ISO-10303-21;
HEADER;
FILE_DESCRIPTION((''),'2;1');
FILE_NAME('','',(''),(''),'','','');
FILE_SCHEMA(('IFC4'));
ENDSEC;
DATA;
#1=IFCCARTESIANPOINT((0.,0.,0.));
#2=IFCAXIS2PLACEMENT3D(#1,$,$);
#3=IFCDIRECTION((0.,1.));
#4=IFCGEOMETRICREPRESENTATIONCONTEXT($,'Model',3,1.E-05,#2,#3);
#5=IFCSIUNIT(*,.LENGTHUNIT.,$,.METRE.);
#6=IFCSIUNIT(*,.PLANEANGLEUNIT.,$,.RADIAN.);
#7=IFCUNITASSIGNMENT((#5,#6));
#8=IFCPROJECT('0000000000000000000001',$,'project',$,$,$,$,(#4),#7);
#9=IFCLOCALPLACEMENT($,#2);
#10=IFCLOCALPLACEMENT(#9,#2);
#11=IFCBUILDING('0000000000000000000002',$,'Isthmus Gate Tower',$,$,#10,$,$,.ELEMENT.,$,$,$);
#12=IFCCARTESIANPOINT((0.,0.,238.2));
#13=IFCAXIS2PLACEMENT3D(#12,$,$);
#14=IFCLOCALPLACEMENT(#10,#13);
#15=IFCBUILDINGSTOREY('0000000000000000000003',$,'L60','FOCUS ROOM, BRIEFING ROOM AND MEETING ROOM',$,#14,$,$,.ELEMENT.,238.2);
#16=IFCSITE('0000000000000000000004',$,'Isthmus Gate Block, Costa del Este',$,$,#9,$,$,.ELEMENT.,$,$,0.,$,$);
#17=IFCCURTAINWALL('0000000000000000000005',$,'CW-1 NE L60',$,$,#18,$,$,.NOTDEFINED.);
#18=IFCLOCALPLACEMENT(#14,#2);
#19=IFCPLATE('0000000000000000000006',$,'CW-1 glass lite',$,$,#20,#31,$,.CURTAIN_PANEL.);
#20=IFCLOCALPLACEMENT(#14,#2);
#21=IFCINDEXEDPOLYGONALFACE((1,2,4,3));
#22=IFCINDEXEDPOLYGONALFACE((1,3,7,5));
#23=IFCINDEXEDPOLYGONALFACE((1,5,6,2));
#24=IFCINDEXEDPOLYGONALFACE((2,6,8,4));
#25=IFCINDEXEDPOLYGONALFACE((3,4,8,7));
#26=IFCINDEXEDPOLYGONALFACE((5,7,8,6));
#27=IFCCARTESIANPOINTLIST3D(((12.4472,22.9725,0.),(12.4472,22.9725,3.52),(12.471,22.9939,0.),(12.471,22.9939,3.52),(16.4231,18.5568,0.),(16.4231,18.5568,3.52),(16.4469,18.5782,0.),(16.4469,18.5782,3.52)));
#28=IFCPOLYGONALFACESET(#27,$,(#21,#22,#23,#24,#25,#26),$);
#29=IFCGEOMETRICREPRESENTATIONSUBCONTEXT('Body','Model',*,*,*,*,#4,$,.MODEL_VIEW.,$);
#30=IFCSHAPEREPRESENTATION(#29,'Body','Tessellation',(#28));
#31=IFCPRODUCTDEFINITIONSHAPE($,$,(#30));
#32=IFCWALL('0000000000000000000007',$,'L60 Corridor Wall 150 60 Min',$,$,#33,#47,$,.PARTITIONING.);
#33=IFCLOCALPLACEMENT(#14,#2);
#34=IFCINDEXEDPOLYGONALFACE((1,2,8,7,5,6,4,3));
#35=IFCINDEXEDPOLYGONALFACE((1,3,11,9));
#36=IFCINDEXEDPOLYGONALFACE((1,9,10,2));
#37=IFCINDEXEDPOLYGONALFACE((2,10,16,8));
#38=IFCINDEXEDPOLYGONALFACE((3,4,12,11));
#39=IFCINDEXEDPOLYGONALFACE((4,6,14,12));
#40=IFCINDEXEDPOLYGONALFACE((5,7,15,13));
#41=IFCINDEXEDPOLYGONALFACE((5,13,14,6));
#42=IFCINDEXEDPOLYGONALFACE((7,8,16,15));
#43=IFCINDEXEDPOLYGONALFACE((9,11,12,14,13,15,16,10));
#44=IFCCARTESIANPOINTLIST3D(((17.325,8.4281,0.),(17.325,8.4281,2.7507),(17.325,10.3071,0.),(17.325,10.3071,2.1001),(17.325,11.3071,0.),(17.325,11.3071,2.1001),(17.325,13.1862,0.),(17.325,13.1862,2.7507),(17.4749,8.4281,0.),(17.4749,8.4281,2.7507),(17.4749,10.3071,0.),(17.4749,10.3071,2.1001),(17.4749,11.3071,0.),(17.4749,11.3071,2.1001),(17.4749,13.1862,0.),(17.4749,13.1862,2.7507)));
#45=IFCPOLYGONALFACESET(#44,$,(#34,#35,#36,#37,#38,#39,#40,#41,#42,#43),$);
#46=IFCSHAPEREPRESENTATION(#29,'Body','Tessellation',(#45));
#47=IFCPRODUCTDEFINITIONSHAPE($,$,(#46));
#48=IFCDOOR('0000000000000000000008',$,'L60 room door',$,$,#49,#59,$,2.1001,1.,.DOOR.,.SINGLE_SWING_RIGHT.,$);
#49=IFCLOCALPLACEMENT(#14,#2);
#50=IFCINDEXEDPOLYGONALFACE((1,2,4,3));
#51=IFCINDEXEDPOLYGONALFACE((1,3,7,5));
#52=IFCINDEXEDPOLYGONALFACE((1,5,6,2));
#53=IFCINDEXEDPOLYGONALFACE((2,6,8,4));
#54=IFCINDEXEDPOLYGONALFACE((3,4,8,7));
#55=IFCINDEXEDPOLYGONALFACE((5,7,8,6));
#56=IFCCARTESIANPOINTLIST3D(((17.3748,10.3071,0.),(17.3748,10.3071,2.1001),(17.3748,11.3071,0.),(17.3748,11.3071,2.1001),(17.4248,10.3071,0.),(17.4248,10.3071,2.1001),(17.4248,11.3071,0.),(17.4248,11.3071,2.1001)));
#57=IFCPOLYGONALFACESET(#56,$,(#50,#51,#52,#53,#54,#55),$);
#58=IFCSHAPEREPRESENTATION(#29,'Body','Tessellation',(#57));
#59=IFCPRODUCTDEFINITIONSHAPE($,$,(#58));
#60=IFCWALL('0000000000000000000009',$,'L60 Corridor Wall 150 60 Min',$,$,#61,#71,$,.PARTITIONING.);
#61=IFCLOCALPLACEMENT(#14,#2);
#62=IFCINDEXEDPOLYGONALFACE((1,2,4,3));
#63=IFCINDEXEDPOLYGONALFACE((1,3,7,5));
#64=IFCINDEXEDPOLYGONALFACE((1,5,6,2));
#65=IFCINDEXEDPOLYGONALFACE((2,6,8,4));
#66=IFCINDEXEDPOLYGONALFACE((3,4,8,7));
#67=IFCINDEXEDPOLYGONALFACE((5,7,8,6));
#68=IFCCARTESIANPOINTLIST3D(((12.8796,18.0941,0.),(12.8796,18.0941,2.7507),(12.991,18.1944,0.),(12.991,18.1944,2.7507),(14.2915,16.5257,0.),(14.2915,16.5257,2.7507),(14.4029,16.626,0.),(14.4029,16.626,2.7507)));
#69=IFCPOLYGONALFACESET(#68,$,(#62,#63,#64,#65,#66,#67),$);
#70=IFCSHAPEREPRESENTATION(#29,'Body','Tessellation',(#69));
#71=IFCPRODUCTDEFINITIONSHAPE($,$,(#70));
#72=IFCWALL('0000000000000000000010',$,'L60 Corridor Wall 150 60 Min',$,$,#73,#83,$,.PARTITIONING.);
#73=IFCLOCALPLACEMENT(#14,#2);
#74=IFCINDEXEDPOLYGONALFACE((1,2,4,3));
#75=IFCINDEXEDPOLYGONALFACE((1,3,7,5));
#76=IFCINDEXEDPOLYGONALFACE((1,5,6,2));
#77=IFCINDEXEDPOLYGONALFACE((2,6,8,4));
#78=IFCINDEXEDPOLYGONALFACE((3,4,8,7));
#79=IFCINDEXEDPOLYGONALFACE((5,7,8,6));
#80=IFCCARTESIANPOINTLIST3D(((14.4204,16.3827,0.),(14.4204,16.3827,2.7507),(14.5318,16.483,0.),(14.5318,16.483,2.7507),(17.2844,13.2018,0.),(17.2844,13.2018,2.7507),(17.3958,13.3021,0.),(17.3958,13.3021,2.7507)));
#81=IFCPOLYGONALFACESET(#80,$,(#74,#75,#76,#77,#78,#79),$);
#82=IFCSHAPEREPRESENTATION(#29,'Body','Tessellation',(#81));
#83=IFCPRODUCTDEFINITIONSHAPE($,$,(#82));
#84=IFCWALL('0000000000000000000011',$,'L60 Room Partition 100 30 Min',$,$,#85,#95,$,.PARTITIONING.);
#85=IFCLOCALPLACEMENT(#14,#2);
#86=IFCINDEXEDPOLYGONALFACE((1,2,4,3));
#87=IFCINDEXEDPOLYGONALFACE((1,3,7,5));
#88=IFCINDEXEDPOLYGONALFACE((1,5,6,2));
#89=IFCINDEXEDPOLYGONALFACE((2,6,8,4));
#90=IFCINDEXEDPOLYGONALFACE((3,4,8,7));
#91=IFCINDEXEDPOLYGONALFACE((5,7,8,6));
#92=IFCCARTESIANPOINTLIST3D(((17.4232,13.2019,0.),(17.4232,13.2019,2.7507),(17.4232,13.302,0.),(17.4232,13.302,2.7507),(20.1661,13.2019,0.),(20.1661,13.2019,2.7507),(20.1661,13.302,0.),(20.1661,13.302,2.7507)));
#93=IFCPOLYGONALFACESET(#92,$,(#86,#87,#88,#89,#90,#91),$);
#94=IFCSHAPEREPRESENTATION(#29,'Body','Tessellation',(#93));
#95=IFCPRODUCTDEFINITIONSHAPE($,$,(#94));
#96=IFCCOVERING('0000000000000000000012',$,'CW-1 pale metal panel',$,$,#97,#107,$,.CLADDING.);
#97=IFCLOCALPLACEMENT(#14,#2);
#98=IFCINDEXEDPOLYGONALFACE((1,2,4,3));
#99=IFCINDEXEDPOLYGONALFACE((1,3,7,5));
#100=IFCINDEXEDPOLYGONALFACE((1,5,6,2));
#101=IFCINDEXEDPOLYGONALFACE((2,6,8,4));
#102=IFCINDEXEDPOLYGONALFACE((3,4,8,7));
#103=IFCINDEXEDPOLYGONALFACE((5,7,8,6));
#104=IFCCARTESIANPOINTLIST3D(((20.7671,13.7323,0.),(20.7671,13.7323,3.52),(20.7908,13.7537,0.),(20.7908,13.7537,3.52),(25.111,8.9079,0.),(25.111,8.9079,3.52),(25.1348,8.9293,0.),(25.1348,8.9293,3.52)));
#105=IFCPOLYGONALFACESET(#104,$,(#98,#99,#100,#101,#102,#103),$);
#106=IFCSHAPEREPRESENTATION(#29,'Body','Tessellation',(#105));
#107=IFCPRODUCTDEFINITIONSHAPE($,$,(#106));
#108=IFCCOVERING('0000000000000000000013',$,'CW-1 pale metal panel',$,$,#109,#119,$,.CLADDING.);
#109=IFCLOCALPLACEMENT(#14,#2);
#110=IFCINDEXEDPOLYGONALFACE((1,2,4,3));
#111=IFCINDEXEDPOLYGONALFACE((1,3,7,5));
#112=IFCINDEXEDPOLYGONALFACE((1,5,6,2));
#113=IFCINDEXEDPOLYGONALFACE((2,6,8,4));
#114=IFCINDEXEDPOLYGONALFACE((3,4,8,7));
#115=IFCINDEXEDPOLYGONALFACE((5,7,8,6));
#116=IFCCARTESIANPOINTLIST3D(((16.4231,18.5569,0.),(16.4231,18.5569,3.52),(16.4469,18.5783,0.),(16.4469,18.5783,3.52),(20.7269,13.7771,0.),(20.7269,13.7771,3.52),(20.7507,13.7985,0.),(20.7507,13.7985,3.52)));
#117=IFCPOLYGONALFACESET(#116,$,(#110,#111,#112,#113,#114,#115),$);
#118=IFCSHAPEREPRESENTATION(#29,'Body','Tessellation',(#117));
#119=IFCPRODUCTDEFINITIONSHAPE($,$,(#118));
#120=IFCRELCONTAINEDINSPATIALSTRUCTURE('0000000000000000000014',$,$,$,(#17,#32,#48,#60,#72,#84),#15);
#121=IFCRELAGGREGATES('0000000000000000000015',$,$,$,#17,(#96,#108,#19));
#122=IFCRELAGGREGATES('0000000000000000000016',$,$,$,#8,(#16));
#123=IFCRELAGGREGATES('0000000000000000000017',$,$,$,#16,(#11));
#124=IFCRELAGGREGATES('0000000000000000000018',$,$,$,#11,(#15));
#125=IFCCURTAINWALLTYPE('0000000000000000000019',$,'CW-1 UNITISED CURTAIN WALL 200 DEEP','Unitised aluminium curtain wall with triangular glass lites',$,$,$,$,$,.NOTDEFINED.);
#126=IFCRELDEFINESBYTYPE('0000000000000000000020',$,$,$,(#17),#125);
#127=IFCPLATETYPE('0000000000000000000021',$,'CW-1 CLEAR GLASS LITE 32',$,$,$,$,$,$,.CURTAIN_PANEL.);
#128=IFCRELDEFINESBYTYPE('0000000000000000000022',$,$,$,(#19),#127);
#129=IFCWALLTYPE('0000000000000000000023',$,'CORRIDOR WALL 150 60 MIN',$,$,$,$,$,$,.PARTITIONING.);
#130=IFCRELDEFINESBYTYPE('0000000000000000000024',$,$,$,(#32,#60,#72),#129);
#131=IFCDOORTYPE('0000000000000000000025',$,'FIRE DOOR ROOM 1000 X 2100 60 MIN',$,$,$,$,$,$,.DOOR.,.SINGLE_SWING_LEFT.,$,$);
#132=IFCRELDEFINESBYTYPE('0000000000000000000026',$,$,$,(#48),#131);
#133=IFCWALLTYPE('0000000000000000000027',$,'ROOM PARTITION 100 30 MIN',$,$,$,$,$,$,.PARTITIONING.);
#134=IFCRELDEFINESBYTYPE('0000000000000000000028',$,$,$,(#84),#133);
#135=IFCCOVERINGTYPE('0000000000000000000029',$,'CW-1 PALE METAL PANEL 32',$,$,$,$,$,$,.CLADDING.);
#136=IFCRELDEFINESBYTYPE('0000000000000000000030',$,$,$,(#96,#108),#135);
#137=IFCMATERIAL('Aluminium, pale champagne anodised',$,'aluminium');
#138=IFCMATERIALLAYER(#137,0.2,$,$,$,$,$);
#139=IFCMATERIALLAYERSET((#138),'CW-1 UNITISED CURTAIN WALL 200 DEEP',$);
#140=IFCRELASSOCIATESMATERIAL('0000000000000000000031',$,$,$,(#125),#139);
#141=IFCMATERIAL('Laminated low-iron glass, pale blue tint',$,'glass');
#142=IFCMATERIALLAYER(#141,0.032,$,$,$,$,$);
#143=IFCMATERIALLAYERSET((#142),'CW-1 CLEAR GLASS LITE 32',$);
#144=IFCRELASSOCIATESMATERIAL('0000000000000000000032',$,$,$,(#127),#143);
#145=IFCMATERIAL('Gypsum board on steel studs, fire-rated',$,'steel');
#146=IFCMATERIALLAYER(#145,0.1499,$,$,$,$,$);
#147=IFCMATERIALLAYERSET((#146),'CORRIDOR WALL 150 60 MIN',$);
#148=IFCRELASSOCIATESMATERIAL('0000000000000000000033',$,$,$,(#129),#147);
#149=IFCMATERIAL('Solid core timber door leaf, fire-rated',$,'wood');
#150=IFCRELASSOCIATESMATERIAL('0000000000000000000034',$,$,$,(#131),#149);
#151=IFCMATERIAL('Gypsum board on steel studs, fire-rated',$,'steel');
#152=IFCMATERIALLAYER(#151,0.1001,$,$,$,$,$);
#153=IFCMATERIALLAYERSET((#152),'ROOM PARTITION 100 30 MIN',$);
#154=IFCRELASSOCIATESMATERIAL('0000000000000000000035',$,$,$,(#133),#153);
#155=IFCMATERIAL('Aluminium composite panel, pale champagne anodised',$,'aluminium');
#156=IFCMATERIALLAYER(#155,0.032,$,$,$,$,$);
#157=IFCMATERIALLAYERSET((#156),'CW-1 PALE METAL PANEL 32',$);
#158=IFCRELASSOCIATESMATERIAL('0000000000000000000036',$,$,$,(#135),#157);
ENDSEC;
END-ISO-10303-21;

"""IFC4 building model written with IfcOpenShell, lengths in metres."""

from ifc_helpers import new_model, si_unit, direction, frame, frame_2d, origin, origin_2d, place, context, subcontext, project, spatial, rectangle, extrude, material, layer, layer_set, type_object, element, fill, aggregate, save


model = new_model("IFC4")

# Units and contexts
model_context = context("Model", 3, precision=1e-05, world=origin(), true_north=direction((0.0, 1.0)))
body_context = subcontext(model_context, "Body", "Model", "MODEL_VIEW")
ifc_project = project(units=[si_unit("LENGTHUNIT", "METRE"), si_unit("PLANEANGLEUNIT", "RADIAN")], contexts=[model_context])

# Site, building, storey
site_placement = place(None, origin())
site = spatial("IfcSite", under=ifc_project, at=site_placement, Name="Isthmus Gate Block, Costa del Este", CompositionType="ELEMENT", RefElevation=0.0)
building_placement = place(site_placement, origin())
building = spatial("IfcBuilding", under=site, at=building_placement, Name="Isthmus Gate Tower", CompositionType="ELEMENT")
storey_placement = place(building_placement, frame((0.0, 0.0, 238.2)))
storey = spatial("IfcBuildingStorey", under=building, at=storey_placement, Name="L60", Description="FOCUS ROOM, BRIEFING ROOM AND MEETING ROOM", CompositionType="ELEMENT", Elevation=238.2)

# Curtain wall
ifc_material_1 = material(Name="Aluminium, pale champagne anodised", Category="aluminium")
ifc_layer_1 = layer(ifc_material_1, 0.2)
ifc_layer_set_1 = layer_set([ifc_layer_1], Name="CW-1 UNITISED CURTAIN WALL 200 DEEP")
curtain_wall_type = type_object("IfcCurtainWallType", Name="CW-1 UNITISED CURTAIN WALL 200 DEEP", Description="Unitised aluminium curtain wall with triangular glass lites", PredefinedType="NOTDEFINED", material=ifc_layer_set_1)
curtain_wall_placement = place(storey_placement, origin())
curtain_wall = element("IfcCurtainWall", 1, at=curtain_wall_placement, inside=storey, type_object=curtain_wall_type, Name="CW-1 NE L60", PredefinedType="NOTDEFINED")

# Plate
ifc_material_2 = material(Name="Laminated low-iron glass, pale blue tint", Category="glass")
ifc_layer_2 = layer(ifc_material_2, 0.032)
ifc_layer_set_2 = layer_set([ifc_layer_2], Name="CW-1 CLEAR GLASS LITE 32")
plate_type = type_object("IfcPlateType", Name="CW-1 CLEAR GLASS LITE 32", PredefinedType="CURTAIN_PANEL", material=ifc_layer_set_2)
plate_placement = place(storey_placement, frame((14.447, 20.7754, 0.0), z_axis=(0.0, 0.0, 1.0), x_axis=(-0.669131, 0.743145, 0.0)))
plate = element("IfcPlate", 2, at=plate_placement, type_object=plate_type, Name="CW-1 glass lite", PredefinedType="CURTAIN_PANEL", context=body_context, shape_type="SweptSolid", body=[
    extrude(rectangle(XDim=5.9419, YDim=0.032, at=origin_2d()), origin(), (0.0, 0.0, 1.0), 3.52),
])

# Wall, opening, door
ifc_material_3 = material(Name="Gypsum board on steel studs, fire-rated", Category="steel")
ifc_layer_3 = layer(ifc_material_3, 0.1499)
ifc_layer_set_3 = layer_set([ifc_layer_3], Name="CORRIDOR WALL 150 60 MIN")
wall_type_1 = type_object("IfcWallType", Name="CORRIDOR WALL 150 60 MIN", PredefinedType="PARTITIONING", material=ifc_layer_set_3)
wall_1_placement = place(storey_placement, frame((17.3999, 13.186, 0.0), z_axis=(0.0, 0.0, 1.0), x_axis=(0.0, -1.0, 0.0)))
wall_1 = element("IfcWall", 3, at=wall_1_placement, inside=storey, type_object=wall_type_1, Name="L60 Corridor Wall 150 60 Min", PredefinedType="PARTITIONING", context=body_context, shape_type="SweptSolid", body=[
    extrude(rectangle(XDim=4.7581, YDim=0.1499, at=frame_2d((2.3789, 0.0))), origin(), (0.0, 0.0, 1.0), 2.7507),
])
opening_placement = place(wall_1_placement, frame((1.8789, 0.0, 0.0)))
opening = element("IfcOpeningElement", 4, at=opening_placement, cuts=wall_1, PredefinedType="OPENING", context=body_context, shape_type="SweptSolid", body=[
    extrude(rectangle(XDim=1.0, YDim=2.1001, at=frame_2d((0.5, 1.05))), frame((0.0, 0.085, 0.0), z_axis=(0.0, -1.0, 0.0), x_axis=(1.0, 0.0, 0.0)), (0.0, 0.0, 1.0), 0.1699),
])
ifc_material_4 = material(Name="Solid core timber door leaf, fire-rated", Category="wood")
door_type = type_object("IfcDoorType", Name="FIRE DOOR ROOM 1000 X 2100 60 MIN", OperationType="SINGLE_SWING_LEFT", PredefinedType="DOOR", material=ifc_material_4)
door_placement = place(opening_placement, origin())
door = element("IfcDoor", 5, at=door_placement, inside=storey, type_object=door_type, Name="L60 room door", OperationType="SINGLE_SWING_RIGHT", OverallHeight=2.1001, OverallWidth=1.0, PredefinedType="DOOR", context=body_context, shape_type="SweptSolid", body=[
    extrude(rectangle(XDim=1.0, YDim=2.1001, at=frame_2d((0.5, 1.05))), frame((0.0, 0.0249, 0.0), z_axis=(0.0, -1.0, 0.0), x_axis=(1.0, 0.0, 0.0)), (0.0, 0.0, 1.0), 0.05),
])
fill(opening, door)

# Walls
wall_2_placement = place(storey_placement, frame((12.9353, 18.1443, 0.0), z_axis=(0.0, 0.0, 1.0), x_axis=(0.669054, -0.743214, 0.0)))
element("IfcWall", 6, at=wall_2_placement, inside=storey, type_object=wall_type_1, Name="L60 Corridor Wall 150 60 Min", PredefinedType="PARTITIONING", context=body_context, shape_type="SweptSolid", body=[
    extrude(rectangle(XDim=2.1104, YDim=0.1499, at=frame_2d((1.0552, 0.0))), origin(), (0.0, 0.0, 1.0), 2.7507),
])
wall_3_placement = place(storey_placement, frame((14.4761, 16.4329, 0.0), z_axis=(0.0, 0.0, 1.0), x_axis=(0.669119, -0.743155, 0.0)))
element("IfcWall", 7, at=wall_3_placement, inside=storey, type_object=wall_type_1, Name="L60 Corridor Wall 150 60 Min", PredefinedType="PARTITIONING", context=body_context, shape_type="SweptSolid", body=[
    extrude(rectangle(XDim=4.2803, YDim=0.1499, at=frame_2d((2.1401, 0.0))), origin(), (0.0, 0.0, 1.0), 2.7507),
])
ifc_material_5 = material(Name="Gypsum board on steel studs, fire-rated", Category="steel")
ifc_layer_4 = layer(ifc_material_5, 0.1001)
ifc_layer_set_4 = layer_set([ifc_layer_4], Name="ROOM PARTITION 100 30 MIN")
wall_type_2 = type_object("IfcWallType", Name="ROOM PARTITION 100 30 MIN", PredefinedType="PARTITIONING", material=ifc_layer_set_4)
wall_4_placement = place(storey_placement, frame((17.4231, 13.252, 0.0), z_axis=(0.0, 0.0, 1.0), x_axis=(1.0, 0.0, 0.0)))
element("IfcWall", 8, at=wall_4_placement, inside=storey, type_object=wall_type_2, Name="L60 Room Partition 100 30 Min", PredefinedType="PARTITIONING", context=body_context, shape_type="SweptSolid", body=[
    extrude(rectangle(XDim=2.7429, YDim=0.1001, at=frame_2d((1.3716, 0.0))), origin(), (0.0, 0.0, 1.0), 2.7507),
])

# Coverings
ifc_material_6 = material(Name="Aluminium composite panel, pale champagne anodised", Category="aluminium")
ifc_layer_5 = layer(ifc_material_6, 0.032)
ifc_layer_set_5 = layer_set([ifc_layer_5], Name="CW-1 PALE METAL PANEL 32")
covering_type = type_object("IfcCoveringType", Name="CW-1 PALE METAL PANEL 32", PredefinedType="CLADDING", material=ifc_layer_set_5)
covering_1_placement = place(storey_placement, frame((22.9509, 11.3308, 0.0), z_axis=(0.0, 0.0, 1.0), x_axis=(-0.669131, 0.743145, 0.0)))
covering_1 = element("IfcCovering", 9, at=covering_1_placement, type_object=covering_type, Name="CW-1 pale metal panel", PredefinedType="CLADDING", context=body_context, shape_type="SweptSolid", body=[
    extrude(rectangle(XDim=6.4919, YDim=0.032, at=origin_2d()), origin(), (0.0, 0.0, 1.0), 3.52),
])
covering_2_placement = place(storey_placement, frame((18.5869, 16.1777, 0.0), z_axis=(0.0, 0.0, 1.0), x_axis=(-0.669131, 0.743145, 0.0)))
covering_2 = element("IfcCovering", 10, at=covering_2_placement, type_object=covering_type, Name="CW-1 pale metal panel", PredefinedType="CLADDING", context=body_context, shape_type="SweptSolid", body=[
    extrude(rectangle(XDim=6.4319, YDim=0.032, at=origin_2d()), origin(), (0.0, 0.0, 1.0), 3.52),
])
aggregate(curtain_wall, [covering_1, covering_2, plate])

save(model, "model.ifc")
